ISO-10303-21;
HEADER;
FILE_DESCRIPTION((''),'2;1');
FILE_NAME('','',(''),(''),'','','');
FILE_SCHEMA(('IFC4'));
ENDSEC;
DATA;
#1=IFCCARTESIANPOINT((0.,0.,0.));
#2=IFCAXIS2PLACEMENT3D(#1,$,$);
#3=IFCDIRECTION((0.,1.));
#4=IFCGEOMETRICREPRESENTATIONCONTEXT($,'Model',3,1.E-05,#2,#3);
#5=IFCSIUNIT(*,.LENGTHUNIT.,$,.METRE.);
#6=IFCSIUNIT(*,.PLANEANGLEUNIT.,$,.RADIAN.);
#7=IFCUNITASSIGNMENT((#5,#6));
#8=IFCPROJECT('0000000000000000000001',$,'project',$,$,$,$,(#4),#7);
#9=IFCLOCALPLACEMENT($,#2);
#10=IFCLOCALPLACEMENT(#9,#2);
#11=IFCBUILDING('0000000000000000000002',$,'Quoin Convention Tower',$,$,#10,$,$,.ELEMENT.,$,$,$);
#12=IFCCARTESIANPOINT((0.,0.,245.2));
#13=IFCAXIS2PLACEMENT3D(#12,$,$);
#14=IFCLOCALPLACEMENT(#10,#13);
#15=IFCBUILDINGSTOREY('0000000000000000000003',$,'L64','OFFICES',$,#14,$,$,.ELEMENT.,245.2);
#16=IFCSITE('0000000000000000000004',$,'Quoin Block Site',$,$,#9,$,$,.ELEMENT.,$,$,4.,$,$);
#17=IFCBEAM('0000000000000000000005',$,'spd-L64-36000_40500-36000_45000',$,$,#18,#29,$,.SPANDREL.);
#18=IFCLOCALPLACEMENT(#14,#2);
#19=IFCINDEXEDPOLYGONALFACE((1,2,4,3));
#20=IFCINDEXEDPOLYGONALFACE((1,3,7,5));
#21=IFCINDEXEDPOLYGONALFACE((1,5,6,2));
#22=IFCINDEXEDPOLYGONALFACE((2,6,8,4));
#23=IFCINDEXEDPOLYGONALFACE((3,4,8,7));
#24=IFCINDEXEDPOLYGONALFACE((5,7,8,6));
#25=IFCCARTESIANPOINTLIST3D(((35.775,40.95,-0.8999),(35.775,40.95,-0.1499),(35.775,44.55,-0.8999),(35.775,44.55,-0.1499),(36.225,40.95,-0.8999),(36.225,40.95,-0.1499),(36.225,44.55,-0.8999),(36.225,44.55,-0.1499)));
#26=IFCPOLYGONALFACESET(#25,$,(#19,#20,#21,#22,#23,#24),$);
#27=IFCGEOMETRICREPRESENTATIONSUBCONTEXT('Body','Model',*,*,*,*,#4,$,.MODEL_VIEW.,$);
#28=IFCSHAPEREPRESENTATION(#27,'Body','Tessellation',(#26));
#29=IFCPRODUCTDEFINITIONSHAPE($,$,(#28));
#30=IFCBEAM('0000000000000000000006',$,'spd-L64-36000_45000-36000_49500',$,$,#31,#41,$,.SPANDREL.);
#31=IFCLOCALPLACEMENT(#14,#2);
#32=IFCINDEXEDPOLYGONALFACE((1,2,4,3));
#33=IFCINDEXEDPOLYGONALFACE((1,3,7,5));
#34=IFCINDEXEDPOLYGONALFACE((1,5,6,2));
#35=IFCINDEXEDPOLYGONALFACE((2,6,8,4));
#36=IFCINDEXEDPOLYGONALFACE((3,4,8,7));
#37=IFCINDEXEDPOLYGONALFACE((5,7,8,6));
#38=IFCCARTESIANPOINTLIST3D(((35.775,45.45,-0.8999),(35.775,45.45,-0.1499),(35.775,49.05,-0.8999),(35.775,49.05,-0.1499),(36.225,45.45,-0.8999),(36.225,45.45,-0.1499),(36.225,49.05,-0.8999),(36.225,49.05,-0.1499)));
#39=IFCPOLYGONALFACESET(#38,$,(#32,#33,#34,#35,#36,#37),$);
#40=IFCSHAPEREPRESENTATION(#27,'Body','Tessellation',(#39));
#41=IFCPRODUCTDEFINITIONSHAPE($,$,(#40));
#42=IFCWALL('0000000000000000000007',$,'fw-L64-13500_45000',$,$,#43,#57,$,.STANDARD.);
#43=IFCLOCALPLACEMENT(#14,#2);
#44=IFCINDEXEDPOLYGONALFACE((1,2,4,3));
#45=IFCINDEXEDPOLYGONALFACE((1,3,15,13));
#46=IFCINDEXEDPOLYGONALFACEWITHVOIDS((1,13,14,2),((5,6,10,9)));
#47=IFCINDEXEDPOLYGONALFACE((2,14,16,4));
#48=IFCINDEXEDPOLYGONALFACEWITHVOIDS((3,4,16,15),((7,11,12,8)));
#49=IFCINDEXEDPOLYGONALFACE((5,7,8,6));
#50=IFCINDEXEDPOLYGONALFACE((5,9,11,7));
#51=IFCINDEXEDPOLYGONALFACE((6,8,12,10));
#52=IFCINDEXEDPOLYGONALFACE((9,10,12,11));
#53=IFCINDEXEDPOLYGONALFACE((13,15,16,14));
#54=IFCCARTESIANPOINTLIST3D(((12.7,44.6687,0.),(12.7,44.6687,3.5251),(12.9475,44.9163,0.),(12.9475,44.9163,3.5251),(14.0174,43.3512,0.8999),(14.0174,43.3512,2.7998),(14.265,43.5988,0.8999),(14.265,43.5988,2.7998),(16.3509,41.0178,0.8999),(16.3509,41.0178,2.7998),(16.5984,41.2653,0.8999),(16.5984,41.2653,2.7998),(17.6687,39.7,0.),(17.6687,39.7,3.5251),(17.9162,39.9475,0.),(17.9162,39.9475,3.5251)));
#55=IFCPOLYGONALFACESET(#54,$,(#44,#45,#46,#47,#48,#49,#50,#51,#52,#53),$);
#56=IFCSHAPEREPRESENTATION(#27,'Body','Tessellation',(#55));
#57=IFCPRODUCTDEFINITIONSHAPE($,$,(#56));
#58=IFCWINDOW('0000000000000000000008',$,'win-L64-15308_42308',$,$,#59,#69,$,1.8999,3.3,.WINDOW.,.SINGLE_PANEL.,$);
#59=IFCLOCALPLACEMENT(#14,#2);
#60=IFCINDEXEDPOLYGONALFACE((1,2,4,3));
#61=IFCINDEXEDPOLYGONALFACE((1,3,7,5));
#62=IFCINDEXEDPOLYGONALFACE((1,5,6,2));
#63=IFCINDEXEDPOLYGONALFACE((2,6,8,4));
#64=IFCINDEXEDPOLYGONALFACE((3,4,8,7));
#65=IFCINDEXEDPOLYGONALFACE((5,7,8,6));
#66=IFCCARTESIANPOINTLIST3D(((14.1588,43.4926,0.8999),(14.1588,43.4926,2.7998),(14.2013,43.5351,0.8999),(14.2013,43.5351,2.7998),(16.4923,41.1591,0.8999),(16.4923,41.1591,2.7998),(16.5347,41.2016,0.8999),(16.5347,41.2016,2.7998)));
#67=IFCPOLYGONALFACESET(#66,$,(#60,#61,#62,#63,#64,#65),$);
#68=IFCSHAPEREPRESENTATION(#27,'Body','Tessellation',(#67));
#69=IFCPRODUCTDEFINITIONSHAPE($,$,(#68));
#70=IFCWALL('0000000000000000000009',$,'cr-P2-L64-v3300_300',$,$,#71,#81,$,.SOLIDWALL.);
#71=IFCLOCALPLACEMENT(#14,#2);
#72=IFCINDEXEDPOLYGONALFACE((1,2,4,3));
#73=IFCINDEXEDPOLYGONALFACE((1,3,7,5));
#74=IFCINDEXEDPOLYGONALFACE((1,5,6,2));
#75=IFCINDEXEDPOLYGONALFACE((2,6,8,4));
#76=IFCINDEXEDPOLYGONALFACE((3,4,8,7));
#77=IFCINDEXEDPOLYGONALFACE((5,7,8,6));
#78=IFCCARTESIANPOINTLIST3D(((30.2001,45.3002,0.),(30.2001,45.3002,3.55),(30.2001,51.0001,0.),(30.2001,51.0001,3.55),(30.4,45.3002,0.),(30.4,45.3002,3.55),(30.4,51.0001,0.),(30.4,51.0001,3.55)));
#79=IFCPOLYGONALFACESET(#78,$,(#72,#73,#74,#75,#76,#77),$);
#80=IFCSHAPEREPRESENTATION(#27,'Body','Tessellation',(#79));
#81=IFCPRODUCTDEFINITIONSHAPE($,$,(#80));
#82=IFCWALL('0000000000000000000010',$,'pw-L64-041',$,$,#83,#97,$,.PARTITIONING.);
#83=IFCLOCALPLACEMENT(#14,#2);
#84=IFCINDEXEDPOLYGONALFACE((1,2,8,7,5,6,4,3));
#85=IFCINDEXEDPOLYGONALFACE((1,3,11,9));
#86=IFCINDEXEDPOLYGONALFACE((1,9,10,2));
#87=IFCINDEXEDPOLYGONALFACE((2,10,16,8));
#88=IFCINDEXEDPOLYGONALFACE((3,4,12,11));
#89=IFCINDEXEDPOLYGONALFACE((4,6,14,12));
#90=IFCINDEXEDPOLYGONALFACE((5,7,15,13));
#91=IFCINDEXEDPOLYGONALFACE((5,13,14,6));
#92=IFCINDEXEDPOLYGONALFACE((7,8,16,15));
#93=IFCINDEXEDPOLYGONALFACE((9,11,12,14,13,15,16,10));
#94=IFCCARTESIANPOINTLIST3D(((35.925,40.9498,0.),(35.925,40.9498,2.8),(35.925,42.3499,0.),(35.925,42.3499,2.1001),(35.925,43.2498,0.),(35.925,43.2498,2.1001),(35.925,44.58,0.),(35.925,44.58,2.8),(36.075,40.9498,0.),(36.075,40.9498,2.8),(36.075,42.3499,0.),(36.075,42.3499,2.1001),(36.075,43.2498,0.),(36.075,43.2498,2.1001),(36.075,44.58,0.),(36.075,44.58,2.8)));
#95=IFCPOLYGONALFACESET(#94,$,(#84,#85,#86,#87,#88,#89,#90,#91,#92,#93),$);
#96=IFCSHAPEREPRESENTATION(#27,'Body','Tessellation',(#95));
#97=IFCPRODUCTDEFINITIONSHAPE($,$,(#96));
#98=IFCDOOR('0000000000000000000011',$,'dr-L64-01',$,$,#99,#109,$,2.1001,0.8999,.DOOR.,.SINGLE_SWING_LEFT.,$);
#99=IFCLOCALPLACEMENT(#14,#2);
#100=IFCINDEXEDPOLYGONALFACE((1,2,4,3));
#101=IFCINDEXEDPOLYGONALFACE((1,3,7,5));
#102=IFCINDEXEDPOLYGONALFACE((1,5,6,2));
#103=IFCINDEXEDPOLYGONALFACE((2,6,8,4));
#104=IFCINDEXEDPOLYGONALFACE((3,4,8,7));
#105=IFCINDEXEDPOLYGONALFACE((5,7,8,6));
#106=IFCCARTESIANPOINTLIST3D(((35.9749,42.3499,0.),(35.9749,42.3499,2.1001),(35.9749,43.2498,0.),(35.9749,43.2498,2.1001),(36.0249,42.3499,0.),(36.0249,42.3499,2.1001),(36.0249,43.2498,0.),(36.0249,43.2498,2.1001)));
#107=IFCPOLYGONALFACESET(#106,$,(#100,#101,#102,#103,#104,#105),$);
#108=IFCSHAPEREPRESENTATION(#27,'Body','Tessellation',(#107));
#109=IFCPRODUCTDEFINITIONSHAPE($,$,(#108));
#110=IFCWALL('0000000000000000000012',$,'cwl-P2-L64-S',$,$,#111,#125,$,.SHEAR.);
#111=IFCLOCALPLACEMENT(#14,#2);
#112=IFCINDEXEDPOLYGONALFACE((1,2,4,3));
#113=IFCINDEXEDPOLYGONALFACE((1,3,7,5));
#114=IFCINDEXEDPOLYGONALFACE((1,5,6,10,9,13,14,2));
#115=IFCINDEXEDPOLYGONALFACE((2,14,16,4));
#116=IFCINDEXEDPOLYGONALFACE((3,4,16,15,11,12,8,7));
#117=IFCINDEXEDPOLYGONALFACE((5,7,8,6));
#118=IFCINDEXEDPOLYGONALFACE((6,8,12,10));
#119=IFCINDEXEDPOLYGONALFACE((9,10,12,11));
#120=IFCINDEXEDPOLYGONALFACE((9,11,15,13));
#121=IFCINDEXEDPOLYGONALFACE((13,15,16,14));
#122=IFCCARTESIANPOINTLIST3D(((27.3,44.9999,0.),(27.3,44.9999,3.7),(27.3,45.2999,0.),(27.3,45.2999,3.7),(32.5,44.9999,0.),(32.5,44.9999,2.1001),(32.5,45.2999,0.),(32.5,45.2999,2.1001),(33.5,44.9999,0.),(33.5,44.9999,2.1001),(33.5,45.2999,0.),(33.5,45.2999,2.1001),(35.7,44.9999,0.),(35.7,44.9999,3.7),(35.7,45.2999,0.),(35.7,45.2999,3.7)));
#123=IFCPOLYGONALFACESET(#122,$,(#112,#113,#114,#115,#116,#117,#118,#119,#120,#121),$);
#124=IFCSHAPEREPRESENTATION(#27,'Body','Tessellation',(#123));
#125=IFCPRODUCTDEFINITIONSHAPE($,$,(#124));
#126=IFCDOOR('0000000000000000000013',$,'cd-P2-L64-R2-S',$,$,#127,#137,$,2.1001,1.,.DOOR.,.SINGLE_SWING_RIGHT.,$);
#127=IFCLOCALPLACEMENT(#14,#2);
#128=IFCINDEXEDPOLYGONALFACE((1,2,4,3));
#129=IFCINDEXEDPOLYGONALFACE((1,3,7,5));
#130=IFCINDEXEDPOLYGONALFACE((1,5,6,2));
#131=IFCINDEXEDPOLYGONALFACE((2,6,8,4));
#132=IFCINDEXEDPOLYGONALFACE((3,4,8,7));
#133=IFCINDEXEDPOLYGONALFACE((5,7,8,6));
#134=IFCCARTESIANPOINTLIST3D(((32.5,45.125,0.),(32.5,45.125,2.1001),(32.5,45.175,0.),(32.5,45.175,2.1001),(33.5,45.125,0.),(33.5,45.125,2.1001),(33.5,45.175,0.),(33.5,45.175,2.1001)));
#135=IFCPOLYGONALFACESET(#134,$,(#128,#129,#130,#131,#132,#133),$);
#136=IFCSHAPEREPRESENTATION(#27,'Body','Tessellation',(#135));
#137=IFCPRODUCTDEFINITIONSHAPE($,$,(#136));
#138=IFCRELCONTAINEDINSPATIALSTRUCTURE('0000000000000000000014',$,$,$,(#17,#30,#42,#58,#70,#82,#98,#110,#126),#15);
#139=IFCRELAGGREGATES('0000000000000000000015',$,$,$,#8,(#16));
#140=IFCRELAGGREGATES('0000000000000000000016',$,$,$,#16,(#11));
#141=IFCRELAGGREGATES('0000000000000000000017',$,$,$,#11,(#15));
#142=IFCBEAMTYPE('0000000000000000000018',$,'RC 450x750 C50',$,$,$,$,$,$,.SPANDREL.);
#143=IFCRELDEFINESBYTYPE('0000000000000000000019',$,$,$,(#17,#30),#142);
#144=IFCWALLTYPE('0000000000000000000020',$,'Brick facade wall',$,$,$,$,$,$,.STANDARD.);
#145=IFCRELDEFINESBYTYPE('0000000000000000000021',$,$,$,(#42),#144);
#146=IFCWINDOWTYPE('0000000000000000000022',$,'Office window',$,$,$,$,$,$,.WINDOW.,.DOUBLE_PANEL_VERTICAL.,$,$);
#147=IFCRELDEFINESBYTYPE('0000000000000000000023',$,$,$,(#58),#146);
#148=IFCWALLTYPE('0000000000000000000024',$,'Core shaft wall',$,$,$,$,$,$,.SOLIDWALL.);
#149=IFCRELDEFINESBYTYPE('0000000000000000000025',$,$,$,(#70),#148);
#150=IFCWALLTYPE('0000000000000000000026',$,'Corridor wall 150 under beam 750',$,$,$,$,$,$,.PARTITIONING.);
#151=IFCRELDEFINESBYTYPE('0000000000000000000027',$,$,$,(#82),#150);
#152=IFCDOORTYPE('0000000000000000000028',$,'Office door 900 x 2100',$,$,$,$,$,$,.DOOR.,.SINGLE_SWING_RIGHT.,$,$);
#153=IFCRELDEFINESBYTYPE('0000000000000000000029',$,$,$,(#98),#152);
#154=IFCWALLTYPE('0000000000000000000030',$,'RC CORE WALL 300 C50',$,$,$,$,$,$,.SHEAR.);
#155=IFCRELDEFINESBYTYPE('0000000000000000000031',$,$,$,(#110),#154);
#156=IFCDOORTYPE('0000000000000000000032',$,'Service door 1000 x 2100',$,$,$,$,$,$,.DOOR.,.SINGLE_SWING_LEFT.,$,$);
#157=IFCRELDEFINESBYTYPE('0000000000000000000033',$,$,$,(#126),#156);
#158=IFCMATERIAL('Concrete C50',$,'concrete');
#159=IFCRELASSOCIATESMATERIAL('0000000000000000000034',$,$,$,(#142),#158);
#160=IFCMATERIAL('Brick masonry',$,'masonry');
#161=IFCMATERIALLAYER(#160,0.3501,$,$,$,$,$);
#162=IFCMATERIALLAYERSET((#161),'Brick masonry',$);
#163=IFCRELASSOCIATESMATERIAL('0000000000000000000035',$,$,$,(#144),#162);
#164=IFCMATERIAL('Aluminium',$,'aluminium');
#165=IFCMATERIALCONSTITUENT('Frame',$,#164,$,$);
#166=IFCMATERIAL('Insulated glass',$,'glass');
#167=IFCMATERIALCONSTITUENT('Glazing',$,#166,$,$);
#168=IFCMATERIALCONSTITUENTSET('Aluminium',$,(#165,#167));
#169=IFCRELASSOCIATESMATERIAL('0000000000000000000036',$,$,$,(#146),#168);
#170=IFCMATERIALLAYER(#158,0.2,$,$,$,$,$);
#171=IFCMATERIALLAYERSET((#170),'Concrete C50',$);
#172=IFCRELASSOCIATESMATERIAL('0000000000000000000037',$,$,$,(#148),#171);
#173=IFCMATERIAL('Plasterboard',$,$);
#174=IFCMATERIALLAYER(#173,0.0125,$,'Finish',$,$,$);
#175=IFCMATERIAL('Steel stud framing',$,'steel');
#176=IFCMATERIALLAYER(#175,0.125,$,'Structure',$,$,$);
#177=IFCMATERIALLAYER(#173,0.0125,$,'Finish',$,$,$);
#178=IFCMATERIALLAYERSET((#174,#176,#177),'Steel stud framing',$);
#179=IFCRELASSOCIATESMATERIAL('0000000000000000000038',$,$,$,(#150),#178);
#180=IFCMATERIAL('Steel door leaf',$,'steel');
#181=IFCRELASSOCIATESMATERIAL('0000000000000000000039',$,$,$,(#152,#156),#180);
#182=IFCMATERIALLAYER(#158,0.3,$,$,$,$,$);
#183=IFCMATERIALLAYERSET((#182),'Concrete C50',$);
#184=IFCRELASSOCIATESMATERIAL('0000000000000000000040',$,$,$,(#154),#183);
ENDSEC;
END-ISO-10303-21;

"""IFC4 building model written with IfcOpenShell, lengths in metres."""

from ifc_helpers import new_model, si_unit, direction, frame, frame_2d, origin, origin_2d, place, context, subcontext, project, spatial, rectangle, extrude, material, layer, layer_set, constituent, constituent_set, material_profile, profile_set, type_object, element, fill, save


model = new_model("IFC4")

# Units and contexts
model_context = context("Model", 3, precision=1e-05, world=origin(), true_north=direction((0.0, 1.0)))
body_context = subcontext(model_context, "Body", "Model", "MODEL_VIEW")
ifc_project = project(units=[si_unit("LENGTHUNIT", "METRE"), si_unit("PLANEANGLEUNIT", "RADIAN")], contexts=[model_context])

# Site, building, storey
site_placement = place(None, origin())
site = spatial("IfcSite", under=ifc_project, at=site_placement, Name="Quoin Block Site", CompositionType="ELEMENT", RefElevation=4.0)
building_placement = place(site_placement, origin())
building = spatial("IfcBuilding", under=site, at=building_placement, Name="Quoin Convention Tower", CompositionType="ELEMENT")
storey_placement = place(building_placement, frame((0.0, 0.0, 245.2)))
storey = spatial("IfcBuildingStorey", under=building, at=storey_placement, Name="L64", Description="OFFICES", CompositionType="ELEMENT", Elevation=245.2)

# Shared definitions
ifc_material_1 = material(Name="Concrete C50", Category="concrete")

# Beams
ifc_material_profile_1 = material_profile(ifc_material_1, rectangle(XDim=0.45, YDim=0.75, at=origin_2d()), Name="RC 450x750")
ifc_profile_set_1 = profile_set([ifc_material_profile_1], Name="Concrete C50")
beam_type_1 = type_object("IfcBeamType", Name="RC 450x750 C50", PredefinedType="SPANDREL", material=ifc_profile_set_1)
for number, where, z_axis, x_axis, name in (
    (1, (36.0, 40.95, -0.5249), (0.0, 1.0, 0.0), (-1.0, 0.0, 0.0), "spd-L64-36000_40500-36000_45000"),
    (2, (36.0, 45.45, -0.5249), (0.0, 1.0, 0.0), (-1.0, 0.0, 0.0), "spd-L64-36000_45000-36000_49500"),
):
    element("IfcBeam", number, at=place(storey_placement, frame(where, z_axis=z_axis, x_axis=x_axis)), inside=storey, type_object=beam_type_1, Name=name, PredefinedType="SPANDREL", context=body_context, shape_type="SweptSolid", body=[
        extrude(rectangle(XDim=0.45, YDim=0.75, at=origin_2d()), origin(), (0.0, 0.0, 1.0), 3.6001),
    ])

# Wall, opening, window
ifc_material_2 = material(Name="Brick masonry", Category="masonry")
ifc_layer_1 = layer(ifc_material_2, 0.3501)
ifc_layer_set_1 = layer_set([ifc_layer_1], Name="Brick masonry")
wall_type_1 = type_object("IfcWallType", Name="Brick facade wall", PredefinedType="STANDARD", material=ifc_layer_set_1)
wall_1_placement = place(storey_placement, frame((12.8237, 44.7925, 0.0), z_axis=(0.0, 0.0, 1.0), x_axis=(0.707107, -0.707107, 0.0)))
wall_1 = element("IfcWall", 3, at=wall_1_placement, inside=storey, type_object=wall_type_1, Name="fw-L64-13500_45000", PredefinedType="STANDARD", context=body_context, shape_type="SweptSolid", body=[
    extrude(rectangle(XDim=7.0269, YDim=0.3501, at=frame_2d((3.5134, 0.0))), origin(), (0.0, 0.0, 1.0), 3.5251),
])
opening_1_placement = place(wall_1_placement, frame((1.8633, 0.0, 0.8999)))
opening_1 = element("IfcOpeningElement", 4, at=opening_1_placement, cuts=wall_1, PredefinedType="OPENING", context=body_context, shape_type="SweptSolid", body=[
    extrude(rectangle(XDim=3.3, YDim=1.8999, at=frame_2d((1.6499, 0.95))), frame((0.0, 0.1851, 0.0), z_axis=(0.0, -1.0, 0.0), x_axis=(1.0, 0.0, 0.0)), (0.0, 0.0, 1.0), 0.3701),
])
ifc_material_3 = material(Name="Aluminium", Category="aluminium")
ifc_constituent_1 = constituent(ifc_material_3, Name="Frame")
ifc_material_4 = material(Name="Insulated glass", Category="glass")
ifc_constituent_2 = constituent(ifc_material_4, Name="Glazing")
ifc_constituent_set = constituent_set(constituents=[ifc_constituent_1, ifc_constituent_2], Name="Aluminium")
window_type = type_object("IfcWindowType", Name="Office window", PartitioningType="DOUBLE_PANEL_VERTICAL", PredefinedType="WINDOW", material=ifc_constituent_set)
window_placement = place(opening_1_placement, origin())
window = element("IfcWindow", 5, at=window_placement, inside=storey, type_object=window_type, Name="win-L64-15308_42308", OverallHeight=1.8999, OverallWidth=3.3, PartitioningType="SINGLE_PANEL", PredefinedType="WINDOW", context=body_context, shape_type="SweptSolid", body=[
    extrude(rectangle(XDim=3.3, YDim=1.8999, at=frame_2d((1.6499, 0.95))), frame((0.0, 0.085, 0.0), z_axis=(0.0, -1.0, 0.0), x_axis=(1.0, 0.0, 0.0)), (0.0, 0.0, 1.0), 0.0601),
])
fill(opening_1, window)

# Wall
ifc_layer_2 = layer(ifc_material_1, 0.2)
ifc_layer_set_2 = layer_set([ifc_layer_2], Name="Concrete C50")
wall_type_2 = type_object("IfcWallType", Name="Core shaft wall", PredefinedType="SOLIDWALL", material=ifc_layer_set_2)
wall_2_placement = place(storey_placement, frame((30.3, 45.3, 0.0), z_axis=(0.0, 0.0, 1.0), x_axis=(0.0, 1.0, 0.0)))
element("IfcWall", 6, at=wall_2_placement, inside=storey, type_object=wall_type_2, Name="cr-P2-L64-v3300_300", PredefinedType="SOLIDWALL", context=body_context, shape_type="SweptSolid", body=[
    extrude(rectangle(XDim=5.7, YDim=0.2, at=frame_2d((2.8501, 0.0))), origin(), (0.0, 0.0, 1.0), 3.55),
])

# Walls, openings, doors
ifc_material_5 = material(Name="Plasterboard")
ifc_layer_3 = layer(ifc_material_5, 0.0125, Name="Finish")
ifc_material_6 = material(Name="Steel stud framing", Category="steel")
ifc_layer_4 = layer(ifc_material_6, 0.125, Name="Structure")
ifc_layer_5 = layer(ifc_material_5, 0.0125, Name="Finish")
ifc_layer_set_3 = layer_set([ifc_layer_3, ifc_layer_4, ifc_layer_5], Name="Steel stud framing")
wall_type_3 = type_object("IfcWallType", Name="Corridor wall 150 under beam 750", PredefinedType="PARTITIONING", material=ifc_layer_set_3)
wall_3_placement = place(storey_placement, frame((36.0, 40.95, 0.0), z_axis=(0.0, 0.0, 1.0), x_axis=(0.0, 1.0, 0.0)))
wall_3 = element("IfcWall", 7, at=wall_3_placement, inside=storey, type_object=wall_type_3, Name="pw-L64-041", PredefinedType="PARTITIONING", context=body_context, shape_type="SweptSolid", body=[
    extrude(rectangle(XDim=3.6301, YDim=0.1499, at=frame_2d((1.8149, 0.0))), origin(), (0.0, 0.0, 1.0), 2.8),
])
opening_2_placement = place(wall_3_placement, frame((1.3999, 0.0, 0.0)))
opening_2 = element("IfcOpeningElement", 8, at=opening_2_placement, cuts=wall_3, PredefinedType="OPENING", context=body_context, shape_type="SweptSolid", body=[
    extrude(rectangle(XDim=0.8999, YDim=2.1001, at=frame_2d((0.45, 1.05))), frame((0.0, 0.085, 0.0), z_axis=(0.0, -1.0, 0.0), x_axis=(1.0, 0.0, 0.0)), (0.0, 0.0, 1.0), 0.1699),
])
ifc_material_7 = material(Name="Steel door leaf", Category="steel")
door_type_1 = type_object("IfcDoorType", Name="Office door 900 x 2100", OperationType="SINGLE_SWING_RIGHT", PredefinedType="DOOR", material=ifc_material_7)
door_1_placement = place(opening_2_placement, frame((0.8999, 0.0, 0.0), z_axis=(0.0, 0.0, 1.0), x_axis=(-1.0, 0.0, 0.0)))
door_1 = element("IfcDoor", 9, at=door_1_placement, inside=storey, type_object=door_type_1, Name="dr-L64-01", OperationType="SINGLE_SWING_LEFT", OverallHeight=2.1001, OverallWidth=0.8999, PredefinedType="DOOR", context=body_context, shape_type="SweptSolid", body=[
    extrude(rectangle(XDim=0.8999, YDim=2.1001, at=frame_2d((0.45, 1.05))), frame((0.0, 0.0249, 0.0), z_axis=(0.0, -1.0, 0.0), x_axis=(1.0, 0.0, 0.0)), (0.0, 0.0, 1.0), 0.05),
])
fill(opening_2, door_1)
ifc_layer_6 = layer(ifc_material_1, 0.3)
ifc_layer_set_4 = layer_set([ifc_layer_6], Name="Concrete C50")
wall_type_4 = type_object("IfcWallType", Name="RC CORE WALL 300 C50", PredefinedType="SHEAR", material=ifc_layer_set_4)
wall_4_placement = place(storey_placement, frame((27.3, 45.1499, 0.0), z_axis=(0.0, 0.0, 1.0), x_axis=(1.0, 0.0, 0.0)))
wall_4 = element("IfcWall", 10, at=wall_4_placement, inside=storey, type_object=wall_type_4, Name="cwl-P2-L64-S", PredefinedType="SHEAR", context=body_context, shape_type="SweptSolid", body=[
    extrude(rectangle(XDim=8.3999, YDim=0.3, at=frame_2d((4.2, 0.0))), origin(), (0.0, 0.0, 1.0), 3.7),
])
opening_3_placement = place(wall_4_placement, frame((5.2, 0.0, 0.0)))
opening_3 = element("IfcOpeningElement", 11, at=opening_3_placement, cuts=wall_4, PredefinedType="OPENING", context=body_context, shape_type="SweptSolid", body=[
    extrude(rectangle(XDim=1.0, YDim=2.1001, at=frame_2d((0.5, 1.05))), frame((0.0, 0.1599, 0.0), z_axis=(0.0, -1.0, 0.0), x_axis=(1.0, 0.0, 0.0)), (0.0, 0.0, 1.0), 0.3201),
])
door_type_2 = type_object("IfcDoorType", Name="Service door 1000 x 2100", OperationType="SINGLE_SWING_LEFT", PredefinedType="DOOR", material=ifc_material_7)
door_2_placement = place(opening_3_placement, frame((1.0, 0.0, 0.0), z_axis=(0.0, 0.0, 1.0), x_axis=(-1.0, 0.0, 0.0)))
door_2 = element("IfcDoor", 12, at=door_2_placement, inside=storey, type_object=door_type_2, Name="cd-P2-L64-R2-S", OperationType="SINGLE_SWING_RIGHT", OverallHeight=2.1001, OverallWidth=1.0, PredefinedType="DOOR", context=body_context, shape_type="SweptSolid", body=[
    extrude(rectangle(XDim=1.0, YDim=2.1001, at=frame_2d((0.5, 1.05))), frame((0.0, 0.0249, 0.0), z_axis=(0.0, -1.0, 0.0), x_axis=(1.0, 0.0, 0.0)), (0.0, 0.0, 1.0), 0.05),
])
fill(opening_3, door_2)

save(model, "model.ifc")
